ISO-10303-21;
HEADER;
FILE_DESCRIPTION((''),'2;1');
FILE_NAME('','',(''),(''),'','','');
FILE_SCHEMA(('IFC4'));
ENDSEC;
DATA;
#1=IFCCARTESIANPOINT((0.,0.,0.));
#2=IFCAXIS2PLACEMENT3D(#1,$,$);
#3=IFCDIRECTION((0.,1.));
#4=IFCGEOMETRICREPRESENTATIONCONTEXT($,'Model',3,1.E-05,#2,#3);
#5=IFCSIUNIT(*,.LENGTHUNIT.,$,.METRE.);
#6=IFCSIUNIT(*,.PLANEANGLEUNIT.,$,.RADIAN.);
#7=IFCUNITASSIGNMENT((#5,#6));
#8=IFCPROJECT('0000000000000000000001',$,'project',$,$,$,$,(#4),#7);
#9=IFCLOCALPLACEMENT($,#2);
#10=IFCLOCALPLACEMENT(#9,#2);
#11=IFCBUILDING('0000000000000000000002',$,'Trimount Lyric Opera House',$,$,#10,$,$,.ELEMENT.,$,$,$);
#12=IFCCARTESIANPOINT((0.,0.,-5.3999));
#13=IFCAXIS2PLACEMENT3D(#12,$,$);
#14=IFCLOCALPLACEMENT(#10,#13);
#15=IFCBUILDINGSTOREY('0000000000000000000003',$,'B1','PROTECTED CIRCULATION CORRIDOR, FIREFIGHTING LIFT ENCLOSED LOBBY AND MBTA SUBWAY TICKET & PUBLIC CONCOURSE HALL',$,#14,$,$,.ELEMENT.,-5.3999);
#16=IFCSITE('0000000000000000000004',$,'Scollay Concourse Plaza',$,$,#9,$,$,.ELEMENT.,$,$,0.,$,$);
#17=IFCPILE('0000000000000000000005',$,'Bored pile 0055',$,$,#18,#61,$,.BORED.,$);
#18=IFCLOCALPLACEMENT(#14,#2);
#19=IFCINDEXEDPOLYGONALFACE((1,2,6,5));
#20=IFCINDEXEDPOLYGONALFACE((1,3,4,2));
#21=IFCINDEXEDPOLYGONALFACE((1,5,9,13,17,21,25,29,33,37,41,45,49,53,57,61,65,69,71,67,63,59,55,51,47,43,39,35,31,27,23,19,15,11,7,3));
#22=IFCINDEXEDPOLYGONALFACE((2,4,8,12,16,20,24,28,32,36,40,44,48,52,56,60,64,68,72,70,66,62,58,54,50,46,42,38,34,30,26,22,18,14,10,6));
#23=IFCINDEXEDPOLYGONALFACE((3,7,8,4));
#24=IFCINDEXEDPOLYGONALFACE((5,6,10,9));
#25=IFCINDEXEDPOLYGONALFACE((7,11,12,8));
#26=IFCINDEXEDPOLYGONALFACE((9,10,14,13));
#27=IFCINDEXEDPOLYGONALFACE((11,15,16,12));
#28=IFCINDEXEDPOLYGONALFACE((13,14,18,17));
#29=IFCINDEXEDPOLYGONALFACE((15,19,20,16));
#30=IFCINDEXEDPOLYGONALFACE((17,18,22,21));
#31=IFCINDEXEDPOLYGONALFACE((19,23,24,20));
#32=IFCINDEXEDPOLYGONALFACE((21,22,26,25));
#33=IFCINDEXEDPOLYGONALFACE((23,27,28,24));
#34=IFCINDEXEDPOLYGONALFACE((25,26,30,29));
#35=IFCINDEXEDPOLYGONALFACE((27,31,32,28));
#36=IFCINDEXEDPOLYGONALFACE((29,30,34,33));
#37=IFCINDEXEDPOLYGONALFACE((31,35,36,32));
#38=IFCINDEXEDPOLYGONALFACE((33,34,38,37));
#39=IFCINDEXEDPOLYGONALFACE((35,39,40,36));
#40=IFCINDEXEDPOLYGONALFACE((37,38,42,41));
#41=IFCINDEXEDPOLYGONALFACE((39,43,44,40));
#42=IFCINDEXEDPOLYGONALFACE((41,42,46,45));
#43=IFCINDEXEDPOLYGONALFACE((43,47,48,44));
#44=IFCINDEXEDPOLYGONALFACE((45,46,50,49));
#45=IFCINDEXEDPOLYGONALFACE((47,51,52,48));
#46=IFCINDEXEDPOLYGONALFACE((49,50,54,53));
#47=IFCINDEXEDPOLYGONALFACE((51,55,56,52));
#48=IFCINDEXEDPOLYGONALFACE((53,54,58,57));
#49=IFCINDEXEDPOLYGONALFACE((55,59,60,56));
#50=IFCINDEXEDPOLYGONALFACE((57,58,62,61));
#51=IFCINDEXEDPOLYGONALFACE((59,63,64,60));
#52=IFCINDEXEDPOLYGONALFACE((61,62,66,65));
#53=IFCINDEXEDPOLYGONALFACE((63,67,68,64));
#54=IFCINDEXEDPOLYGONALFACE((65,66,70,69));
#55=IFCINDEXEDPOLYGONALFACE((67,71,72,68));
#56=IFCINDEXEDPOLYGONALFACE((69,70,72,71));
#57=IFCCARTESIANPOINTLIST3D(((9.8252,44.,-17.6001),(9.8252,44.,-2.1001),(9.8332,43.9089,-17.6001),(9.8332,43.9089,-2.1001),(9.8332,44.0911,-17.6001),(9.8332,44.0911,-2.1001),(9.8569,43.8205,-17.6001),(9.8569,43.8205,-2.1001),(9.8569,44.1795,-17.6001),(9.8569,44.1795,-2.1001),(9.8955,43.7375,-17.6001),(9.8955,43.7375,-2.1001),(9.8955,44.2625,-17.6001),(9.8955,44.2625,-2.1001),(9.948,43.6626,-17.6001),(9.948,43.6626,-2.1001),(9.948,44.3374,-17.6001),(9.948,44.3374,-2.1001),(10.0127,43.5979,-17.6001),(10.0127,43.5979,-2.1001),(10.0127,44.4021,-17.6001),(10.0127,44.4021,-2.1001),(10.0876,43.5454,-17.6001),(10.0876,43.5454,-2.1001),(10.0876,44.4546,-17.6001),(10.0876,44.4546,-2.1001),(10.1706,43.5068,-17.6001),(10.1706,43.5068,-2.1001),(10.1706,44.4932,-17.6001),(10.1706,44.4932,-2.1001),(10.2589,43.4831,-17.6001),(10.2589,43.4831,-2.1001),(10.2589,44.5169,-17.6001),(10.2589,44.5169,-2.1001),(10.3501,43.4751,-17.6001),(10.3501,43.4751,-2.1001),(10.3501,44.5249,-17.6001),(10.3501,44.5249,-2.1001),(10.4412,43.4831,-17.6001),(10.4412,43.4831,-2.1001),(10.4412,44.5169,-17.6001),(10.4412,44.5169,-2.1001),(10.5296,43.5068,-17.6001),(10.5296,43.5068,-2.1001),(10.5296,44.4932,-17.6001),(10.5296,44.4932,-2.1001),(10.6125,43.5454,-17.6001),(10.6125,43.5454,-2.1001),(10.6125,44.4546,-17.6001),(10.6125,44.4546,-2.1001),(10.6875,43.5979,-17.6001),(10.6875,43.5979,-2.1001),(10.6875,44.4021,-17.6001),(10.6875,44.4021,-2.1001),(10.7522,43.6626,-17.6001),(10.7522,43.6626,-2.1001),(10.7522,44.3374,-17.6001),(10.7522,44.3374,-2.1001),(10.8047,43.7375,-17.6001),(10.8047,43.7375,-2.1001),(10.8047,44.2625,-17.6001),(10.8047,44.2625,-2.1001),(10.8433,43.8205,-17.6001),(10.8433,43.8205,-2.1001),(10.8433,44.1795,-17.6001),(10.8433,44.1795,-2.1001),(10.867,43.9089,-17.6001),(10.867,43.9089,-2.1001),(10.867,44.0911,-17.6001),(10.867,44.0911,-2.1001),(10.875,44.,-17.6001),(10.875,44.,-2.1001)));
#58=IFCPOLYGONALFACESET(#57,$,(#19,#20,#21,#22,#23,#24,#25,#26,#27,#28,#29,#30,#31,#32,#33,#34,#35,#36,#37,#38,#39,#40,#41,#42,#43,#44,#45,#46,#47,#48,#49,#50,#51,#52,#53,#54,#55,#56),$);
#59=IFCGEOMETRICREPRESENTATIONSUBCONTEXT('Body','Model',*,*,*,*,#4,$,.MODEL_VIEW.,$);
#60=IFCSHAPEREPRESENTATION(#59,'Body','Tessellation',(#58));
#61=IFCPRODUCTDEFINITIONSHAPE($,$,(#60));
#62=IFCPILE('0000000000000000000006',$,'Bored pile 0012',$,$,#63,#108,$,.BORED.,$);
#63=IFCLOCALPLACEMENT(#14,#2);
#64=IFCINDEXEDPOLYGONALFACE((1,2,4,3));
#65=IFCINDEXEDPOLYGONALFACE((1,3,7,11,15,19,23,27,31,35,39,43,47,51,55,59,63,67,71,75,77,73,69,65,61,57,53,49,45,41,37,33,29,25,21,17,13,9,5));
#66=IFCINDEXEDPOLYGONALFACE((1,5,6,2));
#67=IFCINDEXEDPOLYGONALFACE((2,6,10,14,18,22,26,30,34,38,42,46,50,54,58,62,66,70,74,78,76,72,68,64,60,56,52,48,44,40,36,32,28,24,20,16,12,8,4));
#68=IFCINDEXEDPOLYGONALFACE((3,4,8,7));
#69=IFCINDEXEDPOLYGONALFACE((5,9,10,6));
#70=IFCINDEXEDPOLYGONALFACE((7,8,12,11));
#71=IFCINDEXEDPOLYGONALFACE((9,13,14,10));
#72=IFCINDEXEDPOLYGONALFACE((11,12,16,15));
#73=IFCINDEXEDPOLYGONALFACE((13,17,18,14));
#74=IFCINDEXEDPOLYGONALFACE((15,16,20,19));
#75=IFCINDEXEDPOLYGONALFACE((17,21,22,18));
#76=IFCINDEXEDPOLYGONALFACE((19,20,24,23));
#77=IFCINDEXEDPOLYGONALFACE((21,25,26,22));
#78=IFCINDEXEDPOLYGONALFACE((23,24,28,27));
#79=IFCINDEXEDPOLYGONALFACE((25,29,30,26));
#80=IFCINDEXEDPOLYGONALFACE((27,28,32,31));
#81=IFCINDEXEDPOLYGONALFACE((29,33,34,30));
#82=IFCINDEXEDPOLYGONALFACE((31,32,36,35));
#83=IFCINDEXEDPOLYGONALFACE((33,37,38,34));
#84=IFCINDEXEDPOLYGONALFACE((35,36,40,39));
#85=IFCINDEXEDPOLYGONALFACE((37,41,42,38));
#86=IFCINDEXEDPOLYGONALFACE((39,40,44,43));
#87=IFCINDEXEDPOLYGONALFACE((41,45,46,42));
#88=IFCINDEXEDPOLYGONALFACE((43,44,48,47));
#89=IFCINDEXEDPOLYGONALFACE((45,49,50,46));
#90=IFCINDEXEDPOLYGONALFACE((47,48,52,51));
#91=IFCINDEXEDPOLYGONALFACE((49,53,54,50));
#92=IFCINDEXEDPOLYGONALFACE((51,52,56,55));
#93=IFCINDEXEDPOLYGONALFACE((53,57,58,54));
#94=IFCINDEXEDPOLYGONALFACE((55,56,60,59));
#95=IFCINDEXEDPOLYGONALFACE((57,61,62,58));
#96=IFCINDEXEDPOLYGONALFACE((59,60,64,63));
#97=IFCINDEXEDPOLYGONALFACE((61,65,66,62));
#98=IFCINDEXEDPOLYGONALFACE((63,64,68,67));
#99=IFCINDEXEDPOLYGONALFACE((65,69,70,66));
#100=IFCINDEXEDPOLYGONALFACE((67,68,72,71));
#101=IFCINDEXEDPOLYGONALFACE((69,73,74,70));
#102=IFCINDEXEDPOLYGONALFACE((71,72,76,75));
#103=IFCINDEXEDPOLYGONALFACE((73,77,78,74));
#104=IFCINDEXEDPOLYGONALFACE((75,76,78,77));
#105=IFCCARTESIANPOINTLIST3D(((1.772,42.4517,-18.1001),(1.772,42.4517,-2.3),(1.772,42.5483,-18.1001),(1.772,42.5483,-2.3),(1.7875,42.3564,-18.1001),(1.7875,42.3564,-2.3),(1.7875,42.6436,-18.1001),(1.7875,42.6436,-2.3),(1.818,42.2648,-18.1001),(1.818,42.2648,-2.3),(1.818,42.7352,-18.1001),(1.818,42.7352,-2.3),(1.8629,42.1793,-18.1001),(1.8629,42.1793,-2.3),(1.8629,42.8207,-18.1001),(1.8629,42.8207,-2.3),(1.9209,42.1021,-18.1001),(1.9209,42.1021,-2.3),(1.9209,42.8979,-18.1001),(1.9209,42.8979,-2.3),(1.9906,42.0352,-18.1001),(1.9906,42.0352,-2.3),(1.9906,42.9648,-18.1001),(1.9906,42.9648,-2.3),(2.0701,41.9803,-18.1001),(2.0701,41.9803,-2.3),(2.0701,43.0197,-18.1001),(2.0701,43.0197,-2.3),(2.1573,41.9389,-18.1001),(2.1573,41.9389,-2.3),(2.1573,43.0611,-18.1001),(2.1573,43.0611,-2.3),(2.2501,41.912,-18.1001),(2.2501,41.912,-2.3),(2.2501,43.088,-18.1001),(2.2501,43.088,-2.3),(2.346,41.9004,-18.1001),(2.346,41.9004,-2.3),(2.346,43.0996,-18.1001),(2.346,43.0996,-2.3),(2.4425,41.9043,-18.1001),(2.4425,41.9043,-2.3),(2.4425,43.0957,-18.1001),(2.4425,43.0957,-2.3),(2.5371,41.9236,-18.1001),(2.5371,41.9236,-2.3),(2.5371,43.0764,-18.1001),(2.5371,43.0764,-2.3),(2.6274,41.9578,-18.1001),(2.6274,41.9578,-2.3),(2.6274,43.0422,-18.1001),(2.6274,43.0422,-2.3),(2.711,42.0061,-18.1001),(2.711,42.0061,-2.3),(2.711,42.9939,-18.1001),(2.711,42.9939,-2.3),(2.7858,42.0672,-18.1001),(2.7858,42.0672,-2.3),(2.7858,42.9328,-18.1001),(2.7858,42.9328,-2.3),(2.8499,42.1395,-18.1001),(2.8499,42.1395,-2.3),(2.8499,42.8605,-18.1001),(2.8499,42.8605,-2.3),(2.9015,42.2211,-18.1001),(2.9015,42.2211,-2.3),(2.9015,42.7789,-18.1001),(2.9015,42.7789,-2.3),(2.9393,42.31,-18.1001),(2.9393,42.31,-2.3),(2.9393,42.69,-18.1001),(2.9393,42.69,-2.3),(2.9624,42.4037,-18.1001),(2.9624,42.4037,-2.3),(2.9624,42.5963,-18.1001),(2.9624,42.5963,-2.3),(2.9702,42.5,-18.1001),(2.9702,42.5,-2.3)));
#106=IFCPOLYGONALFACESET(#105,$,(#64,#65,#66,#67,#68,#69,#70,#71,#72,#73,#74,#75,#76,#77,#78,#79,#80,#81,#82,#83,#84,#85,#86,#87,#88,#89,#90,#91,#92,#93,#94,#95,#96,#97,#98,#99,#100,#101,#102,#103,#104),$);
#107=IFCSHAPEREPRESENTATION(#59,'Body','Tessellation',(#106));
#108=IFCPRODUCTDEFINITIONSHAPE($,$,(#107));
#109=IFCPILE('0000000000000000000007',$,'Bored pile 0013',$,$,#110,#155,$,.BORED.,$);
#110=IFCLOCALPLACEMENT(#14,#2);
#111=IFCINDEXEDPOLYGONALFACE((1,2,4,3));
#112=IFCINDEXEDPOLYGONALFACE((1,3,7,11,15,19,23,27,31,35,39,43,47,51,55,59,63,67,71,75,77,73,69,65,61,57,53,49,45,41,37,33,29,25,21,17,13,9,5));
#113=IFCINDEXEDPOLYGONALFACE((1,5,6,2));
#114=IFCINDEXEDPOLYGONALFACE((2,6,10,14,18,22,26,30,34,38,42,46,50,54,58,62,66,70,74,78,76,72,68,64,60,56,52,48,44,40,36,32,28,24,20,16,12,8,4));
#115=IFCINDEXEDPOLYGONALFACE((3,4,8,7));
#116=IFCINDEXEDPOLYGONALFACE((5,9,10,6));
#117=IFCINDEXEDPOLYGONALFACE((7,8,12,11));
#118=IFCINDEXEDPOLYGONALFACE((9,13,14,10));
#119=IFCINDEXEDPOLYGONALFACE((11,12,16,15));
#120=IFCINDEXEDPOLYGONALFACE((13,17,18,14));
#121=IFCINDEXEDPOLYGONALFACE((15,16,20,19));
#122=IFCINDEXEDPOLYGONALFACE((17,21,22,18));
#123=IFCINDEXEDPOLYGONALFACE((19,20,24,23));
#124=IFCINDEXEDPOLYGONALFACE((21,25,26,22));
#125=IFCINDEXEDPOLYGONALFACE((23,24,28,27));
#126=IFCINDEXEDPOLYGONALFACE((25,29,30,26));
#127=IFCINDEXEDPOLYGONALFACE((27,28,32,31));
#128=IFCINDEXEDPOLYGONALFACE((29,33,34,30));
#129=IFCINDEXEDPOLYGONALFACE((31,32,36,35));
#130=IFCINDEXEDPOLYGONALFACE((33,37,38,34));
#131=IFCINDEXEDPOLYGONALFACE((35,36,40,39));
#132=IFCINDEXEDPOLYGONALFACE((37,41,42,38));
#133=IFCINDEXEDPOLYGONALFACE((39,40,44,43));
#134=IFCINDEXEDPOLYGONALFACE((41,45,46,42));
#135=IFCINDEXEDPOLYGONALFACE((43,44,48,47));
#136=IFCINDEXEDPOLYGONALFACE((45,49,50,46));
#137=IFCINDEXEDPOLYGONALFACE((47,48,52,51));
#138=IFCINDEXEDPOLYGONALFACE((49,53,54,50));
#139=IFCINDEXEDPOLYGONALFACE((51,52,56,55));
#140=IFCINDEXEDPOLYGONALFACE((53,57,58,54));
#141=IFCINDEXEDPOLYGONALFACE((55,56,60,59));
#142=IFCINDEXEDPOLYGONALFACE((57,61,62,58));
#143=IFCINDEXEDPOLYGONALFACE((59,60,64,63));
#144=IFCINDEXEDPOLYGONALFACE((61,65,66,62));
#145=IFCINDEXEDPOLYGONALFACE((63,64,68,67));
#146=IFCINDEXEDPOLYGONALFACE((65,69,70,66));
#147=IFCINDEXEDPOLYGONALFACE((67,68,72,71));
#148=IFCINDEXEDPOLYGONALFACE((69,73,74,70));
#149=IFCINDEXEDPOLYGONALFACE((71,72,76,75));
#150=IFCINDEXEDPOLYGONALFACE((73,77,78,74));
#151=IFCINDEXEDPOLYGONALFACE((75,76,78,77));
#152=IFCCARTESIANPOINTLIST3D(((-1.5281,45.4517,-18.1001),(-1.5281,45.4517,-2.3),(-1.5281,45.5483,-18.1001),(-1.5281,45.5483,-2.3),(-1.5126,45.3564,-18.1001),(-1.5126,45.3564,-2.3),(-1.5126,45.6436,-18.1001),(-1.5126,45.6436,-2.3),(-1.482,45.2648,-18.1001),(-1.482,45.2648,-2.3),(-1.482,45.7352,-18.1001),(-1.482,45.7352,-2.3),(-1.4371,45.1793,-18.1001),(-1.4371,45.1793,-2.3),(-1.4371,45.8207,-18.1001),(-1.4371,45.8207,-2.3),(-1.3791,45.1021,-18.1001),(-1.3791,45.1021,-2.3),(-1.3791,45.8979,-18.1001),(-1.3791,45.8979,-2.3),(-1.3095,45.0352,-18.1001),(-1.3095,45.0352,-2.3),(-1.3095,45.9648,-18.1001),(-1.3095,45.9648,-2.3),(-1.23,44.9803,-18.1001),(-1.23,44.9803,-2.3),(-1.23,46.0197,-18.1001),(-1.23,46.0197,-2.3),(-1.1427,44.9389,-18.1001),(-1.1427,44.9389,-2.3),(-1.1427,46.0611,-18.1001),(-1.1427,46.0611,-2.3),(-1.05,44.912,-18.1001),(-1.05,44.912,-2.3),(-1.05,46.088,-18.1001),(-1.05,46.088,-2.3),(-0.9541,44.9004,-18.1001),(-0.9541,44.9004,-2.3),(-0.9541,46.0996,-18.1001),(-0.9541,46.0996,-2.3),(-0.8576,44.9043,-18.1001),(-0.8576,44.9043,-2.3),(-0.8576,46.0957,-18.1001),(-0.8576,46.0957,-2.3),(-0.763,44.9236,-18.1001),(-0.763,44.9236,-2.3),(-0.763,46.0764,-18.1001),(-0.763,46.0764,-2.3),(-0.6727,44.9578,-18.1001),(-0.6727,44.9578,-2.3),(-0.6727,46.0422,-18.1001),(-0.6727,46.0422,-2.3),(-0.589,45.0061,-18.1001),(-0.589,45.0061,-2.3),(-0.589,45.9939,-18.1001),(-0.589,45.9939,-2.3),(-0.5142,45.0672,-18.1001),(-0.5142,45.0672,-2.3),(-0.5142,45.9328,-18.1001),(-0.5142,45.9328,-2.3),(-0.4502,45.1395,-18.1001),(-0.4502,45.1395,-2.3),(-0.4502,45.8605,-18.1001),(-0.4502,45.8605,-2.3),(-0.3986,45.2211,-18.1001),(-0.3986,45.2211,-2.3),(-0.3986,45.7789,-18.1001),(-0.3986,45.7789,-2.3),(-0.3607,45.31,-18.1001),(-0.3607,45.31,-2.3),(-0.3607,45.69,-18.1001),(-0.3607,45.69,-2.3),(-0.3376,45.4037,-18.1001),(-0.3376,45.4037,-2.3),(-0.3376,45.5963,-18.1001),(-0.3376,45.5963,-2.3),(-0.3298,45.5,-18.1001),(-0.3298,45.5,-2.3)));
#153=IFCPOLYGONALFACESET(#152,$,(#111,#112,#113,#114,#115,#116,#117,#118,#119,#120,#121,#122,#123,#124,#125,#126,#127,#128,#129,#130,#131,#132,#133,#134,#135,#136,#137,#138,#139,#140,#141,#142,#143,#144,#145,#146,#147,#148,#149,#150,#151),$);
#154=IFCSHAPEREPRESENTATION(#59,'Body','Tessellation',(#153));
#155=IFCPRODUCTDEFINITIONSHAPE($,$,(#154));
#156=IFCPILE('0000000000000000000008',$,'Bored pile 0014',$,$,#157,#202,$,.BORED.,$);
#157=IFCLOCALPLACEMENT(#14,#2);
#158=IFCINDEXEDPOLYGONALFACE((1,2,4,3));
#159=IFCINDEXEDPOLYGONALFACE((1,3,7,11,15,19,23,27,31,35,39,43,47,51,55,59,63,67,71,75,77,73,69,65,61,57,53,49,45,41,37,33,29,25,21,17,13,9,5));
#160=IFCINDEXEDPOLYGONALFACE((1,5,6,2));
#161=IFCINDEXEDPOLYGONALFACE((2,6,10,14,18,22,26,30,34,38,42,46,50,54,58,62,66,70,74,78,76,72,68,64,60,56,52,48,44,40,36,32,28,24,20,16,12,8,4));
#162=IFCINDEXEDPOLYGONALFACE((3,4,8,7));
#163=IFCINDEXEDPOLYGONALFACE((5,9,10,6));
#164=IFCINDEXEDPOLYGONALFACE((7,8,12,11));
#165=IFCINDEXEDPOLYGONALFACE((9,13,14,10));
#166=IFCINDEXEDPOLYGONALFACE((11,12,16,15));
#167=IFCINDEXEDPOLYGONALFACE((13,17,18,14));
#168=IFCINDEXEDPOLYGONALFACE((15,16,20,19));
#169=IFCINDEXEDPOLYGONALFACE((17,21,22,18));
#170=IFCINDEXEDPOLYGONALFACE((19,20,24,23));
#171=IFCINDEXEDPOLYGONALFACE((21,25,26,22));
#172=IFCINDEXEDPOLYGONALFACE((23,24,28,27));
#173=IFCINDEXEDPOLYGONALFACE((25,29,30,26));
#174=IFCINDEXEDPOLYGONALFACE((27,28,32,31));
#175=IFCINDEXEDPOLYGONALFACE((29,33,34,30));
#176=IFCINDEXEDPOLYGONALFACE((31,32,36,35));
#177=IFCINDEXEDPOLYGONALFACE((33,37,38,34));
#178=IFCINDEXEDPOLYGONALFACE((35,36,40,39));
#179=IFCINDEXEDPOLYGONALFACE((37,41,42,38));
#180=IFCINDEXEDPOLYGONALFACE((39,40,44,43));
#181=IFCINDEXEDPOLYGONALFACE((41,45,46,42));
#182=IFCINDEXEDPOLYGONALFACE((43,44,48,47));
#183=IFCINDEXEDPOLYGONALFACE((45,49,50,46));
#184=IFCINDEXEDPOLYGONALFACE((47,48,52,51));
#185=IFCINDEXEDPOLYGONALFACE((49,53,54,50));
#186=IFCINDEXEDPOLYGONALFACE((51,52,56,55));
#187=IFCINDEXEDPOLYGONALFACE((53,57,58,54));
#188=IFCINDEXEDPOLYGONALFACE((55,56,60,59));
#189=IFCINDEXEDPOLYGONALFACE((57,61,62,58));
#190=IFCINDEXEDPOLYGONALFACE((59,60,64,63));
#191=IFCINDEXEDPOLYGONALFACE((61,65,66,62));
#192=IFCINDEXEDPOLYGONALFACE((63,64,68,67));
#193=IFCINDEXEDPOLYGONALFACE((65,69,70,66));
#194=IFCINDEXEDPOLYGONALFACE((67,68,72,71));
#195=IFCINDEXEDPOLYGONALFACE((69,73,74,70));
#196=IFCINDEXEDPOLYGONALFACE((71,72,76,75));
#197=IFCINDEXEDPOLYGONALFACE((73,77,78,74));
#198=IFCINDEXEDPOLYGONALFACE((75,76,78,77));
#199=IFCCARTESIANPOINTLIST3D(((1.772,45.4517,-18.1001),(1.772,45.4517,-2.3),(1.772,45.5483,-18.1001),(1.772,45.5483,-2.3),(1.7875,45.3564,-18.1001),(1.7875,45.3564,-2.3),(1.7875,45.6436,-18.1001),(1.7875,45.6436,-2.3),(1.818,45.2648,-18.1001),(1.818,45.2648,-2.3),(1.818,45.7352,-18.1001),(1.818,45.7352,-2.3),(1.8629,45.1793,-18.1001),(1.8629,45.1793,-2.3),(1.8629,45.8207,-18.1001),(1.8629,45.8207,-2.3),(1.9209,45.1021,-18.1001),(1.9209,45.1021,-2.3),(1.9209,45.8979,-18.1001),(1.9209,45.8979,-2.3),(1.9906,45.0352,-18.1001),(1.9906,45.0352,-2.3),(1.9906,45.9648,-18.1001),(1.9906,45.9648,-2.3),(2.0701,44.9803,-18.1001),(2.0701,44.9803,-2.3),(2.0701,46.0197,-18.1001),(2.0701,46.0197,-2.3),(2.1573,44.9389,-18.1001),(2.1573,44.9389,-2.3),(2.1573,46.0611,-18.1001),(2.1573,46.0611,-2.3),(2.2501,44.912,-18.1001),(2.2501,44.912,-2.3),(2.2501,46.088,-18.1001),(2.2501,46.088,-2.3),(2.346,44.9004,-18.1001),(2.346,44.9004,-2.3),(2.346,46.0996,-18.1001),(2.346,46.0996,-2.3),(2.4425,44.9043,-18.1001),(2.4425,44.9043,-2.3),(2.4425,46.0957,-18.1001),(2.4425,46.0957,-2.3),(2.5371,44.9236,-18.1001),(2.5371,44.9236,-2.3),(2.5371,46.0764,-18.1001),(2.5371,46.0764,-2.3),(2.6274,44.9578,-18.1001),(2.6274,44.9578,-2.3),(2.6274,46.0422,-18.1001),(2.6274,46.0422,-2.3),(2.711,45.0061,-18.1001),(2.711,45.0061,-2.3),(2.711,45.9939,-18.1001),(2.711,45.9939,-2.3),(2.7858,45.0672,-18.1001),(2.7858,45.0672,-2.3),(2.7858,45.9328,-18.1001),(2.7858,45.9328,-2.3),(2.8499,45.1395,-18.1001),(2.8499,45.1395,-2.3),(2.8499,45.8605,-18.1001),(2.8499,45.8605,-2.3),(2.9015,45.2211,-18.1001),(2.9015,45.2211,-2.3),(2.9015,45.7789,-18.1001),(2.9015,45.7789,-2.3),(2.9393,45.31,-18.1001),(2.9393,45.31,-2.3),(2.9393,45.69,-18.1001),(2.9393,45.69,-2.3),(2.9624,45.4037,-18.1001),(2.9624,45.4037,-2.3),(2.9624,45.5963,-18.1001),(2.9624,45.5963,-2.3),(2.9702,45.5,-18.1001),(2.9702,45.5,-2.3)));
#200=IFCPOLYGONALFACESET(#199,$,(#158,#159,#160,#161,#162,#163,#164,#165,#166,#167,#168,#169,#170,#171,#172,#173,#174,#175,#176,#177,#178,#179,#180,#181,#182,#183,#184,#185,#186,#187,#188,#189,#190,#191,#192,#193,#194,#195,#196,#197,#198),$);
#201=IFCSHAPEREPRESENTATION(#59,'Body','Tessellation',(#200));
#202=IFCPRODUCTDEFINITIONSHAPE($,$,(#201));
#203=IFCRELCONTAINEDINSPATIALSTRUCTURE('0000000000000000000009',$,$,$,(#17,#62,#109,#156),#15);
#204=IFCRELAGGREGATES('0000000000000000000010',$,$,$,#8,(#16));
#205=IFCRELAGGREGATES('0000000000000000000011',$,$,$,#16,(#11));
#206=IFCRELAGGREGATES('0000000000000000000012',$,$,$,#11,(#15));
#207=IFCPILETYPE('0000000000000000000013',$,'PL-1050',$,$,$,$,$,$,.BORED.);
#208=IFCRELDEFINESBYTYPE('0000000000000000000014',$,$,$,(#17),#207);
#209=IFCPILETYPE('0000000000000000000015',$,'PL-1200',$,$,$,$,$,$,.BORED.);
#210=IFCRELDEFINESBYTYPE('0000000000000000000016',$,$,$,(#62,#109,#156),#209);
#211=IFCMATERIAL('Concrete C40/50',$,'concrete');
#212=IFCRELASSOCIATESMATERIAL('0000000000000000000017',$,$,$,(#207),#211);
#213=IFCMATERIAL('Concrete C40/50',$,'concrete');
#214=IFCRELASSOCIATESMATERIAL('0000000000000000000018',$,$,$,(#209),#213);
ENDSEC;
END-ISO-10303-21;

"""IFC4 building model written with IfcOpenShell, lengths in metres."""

from ifc_helpers import new_model, si_unit, direction, frame, origin, origin_2d, place, context, subcontext, project, spatial, circle, extrude, material, material_profile, profile_set, type_object, element, save


model = new_model("IFC4")

# Units and contexts
model_context = context("Model", 3, precision=1e-05, world=origin(), true_north=direction((0.0, 1.0)))
body_context = subcontext(model_context, "Body", "Model", "MODEL_VIEW")
ifc_project = project(units=[si_unit("LENGTHUNIT", "METRE"), si_unit("PLANEANGLEUNIT", "RADIAN")], contexts=[model_context])

# Site, building, storey
site_placement = place(None, origin())
site = spatial("IfcSite", under=ifc_project, at=site_placement, Name="Scollay Concourse Plaza", CompositionType="ELEMENT", RefElevation=0.0)
building_placement = place(site_placement, origin())
building = spatial("IfcBuilding", under=site, at=building_placement, Name="Trimount Lyric Opera House", CompositionType="ELEMENT")
storey_placement = place(building_placement, frame((0.0, 0.0, -5.3999)))
storey = spatial("IfcBuildingStorey", under=building, at=storey_placement, Name="B1", Description="PROTECTED CIRCULATION CORRIDOR, FIREFIGHTING LIFT ENCLOSED LOBBY AND MBTA SUBWAY TICKET & PUBLIC CONCOURSE HALL", CompositionType="ELEMENT", Elevation=-5.3999)

# Piles
ifc_material_1 = material(Name="Concrete C40/50", Category="concrete")
ifc_material_profile_1 = material_profile(ifc_material_1, circle(Radius=0.5249, at=origin_2d()), Name="PILE-D1050")
ifc_profile_set_1 = profile_set([ifc_material_profile_1], Name="Concrete C40/50")
pile_type_1 = type_object("IfcPileType", Name="PL-1050", PredefinedType="BORED", material=ifc_profile_set_1)
for number, where, z_axis, x_axis, name in (
    (1, (10.3501, 44.0, -2.1001), (0.0, 0.0, -1.0), (1.0, 0.0, 0.0), "Bored pile 0055"),
):
    element("IfcPile", number, at=place(storey_placement, frame(where, z_axis=z_axis, x_axis=x_axis)), inside=storey, type_object=pile_type_1, Name=name, PredefinedType="BORED", context=body_context, shape_type="SweptSolid", body=[
        extrude(circle(Radius=0.5249, at=origin_2d()), origin(), (0.0, 0.0, 1.0), 15.5),
    ])
ifc_material_2 = material(Name="Concrete C40/50", Category="concrete")
ifc_material_profile_2 = material_profile(ifc_material_2, circle(Radius=0.6001, at=origin_2d()), Name="PILE-D1200")
ifc_profile_set_2 = profile_set([ifc_material_profile_2], Name="Concrete C40/50")
pile_type_2 = type_object("IfcPileType", Name="PL-1200", PredefinedType="BORED", material=ifc_profile_set_2)
for number, where, z_axis, x_axis, name in (
    (2, (2.3701, 42.5, -2.3), (0.0, 0.0, -1.0), (1.0, 0.0, 0.0), "Bored pile 0012"),
    (3, (-0.9299, 45.5, -2.3), (0.0, 0.0, -1.0), (1.0, 0.0, 0.0), "Bored pile 0013"),
    (4, (2.3701, 45.5, -2.3), (0.0, 0.0, -1.0), (1.0, 0.0, 0.0), "Bored pile 0014"),
):
    element("IfcPile", number, at=place(storey_placement, frame(where, z_axis=z_axis, x_axis=x_axis)), inside=storey, type_object=pile_type_2, Name=name, PredefinedType="BORED", context=body_context, shape_type="SweptSolid", body=[
        extrude(circle(Radius=0.6001, at=origin_2d()), origin(), (0.0, 0.0, 1.0), 15.8),
    ])

save(model, "model.ifc")
